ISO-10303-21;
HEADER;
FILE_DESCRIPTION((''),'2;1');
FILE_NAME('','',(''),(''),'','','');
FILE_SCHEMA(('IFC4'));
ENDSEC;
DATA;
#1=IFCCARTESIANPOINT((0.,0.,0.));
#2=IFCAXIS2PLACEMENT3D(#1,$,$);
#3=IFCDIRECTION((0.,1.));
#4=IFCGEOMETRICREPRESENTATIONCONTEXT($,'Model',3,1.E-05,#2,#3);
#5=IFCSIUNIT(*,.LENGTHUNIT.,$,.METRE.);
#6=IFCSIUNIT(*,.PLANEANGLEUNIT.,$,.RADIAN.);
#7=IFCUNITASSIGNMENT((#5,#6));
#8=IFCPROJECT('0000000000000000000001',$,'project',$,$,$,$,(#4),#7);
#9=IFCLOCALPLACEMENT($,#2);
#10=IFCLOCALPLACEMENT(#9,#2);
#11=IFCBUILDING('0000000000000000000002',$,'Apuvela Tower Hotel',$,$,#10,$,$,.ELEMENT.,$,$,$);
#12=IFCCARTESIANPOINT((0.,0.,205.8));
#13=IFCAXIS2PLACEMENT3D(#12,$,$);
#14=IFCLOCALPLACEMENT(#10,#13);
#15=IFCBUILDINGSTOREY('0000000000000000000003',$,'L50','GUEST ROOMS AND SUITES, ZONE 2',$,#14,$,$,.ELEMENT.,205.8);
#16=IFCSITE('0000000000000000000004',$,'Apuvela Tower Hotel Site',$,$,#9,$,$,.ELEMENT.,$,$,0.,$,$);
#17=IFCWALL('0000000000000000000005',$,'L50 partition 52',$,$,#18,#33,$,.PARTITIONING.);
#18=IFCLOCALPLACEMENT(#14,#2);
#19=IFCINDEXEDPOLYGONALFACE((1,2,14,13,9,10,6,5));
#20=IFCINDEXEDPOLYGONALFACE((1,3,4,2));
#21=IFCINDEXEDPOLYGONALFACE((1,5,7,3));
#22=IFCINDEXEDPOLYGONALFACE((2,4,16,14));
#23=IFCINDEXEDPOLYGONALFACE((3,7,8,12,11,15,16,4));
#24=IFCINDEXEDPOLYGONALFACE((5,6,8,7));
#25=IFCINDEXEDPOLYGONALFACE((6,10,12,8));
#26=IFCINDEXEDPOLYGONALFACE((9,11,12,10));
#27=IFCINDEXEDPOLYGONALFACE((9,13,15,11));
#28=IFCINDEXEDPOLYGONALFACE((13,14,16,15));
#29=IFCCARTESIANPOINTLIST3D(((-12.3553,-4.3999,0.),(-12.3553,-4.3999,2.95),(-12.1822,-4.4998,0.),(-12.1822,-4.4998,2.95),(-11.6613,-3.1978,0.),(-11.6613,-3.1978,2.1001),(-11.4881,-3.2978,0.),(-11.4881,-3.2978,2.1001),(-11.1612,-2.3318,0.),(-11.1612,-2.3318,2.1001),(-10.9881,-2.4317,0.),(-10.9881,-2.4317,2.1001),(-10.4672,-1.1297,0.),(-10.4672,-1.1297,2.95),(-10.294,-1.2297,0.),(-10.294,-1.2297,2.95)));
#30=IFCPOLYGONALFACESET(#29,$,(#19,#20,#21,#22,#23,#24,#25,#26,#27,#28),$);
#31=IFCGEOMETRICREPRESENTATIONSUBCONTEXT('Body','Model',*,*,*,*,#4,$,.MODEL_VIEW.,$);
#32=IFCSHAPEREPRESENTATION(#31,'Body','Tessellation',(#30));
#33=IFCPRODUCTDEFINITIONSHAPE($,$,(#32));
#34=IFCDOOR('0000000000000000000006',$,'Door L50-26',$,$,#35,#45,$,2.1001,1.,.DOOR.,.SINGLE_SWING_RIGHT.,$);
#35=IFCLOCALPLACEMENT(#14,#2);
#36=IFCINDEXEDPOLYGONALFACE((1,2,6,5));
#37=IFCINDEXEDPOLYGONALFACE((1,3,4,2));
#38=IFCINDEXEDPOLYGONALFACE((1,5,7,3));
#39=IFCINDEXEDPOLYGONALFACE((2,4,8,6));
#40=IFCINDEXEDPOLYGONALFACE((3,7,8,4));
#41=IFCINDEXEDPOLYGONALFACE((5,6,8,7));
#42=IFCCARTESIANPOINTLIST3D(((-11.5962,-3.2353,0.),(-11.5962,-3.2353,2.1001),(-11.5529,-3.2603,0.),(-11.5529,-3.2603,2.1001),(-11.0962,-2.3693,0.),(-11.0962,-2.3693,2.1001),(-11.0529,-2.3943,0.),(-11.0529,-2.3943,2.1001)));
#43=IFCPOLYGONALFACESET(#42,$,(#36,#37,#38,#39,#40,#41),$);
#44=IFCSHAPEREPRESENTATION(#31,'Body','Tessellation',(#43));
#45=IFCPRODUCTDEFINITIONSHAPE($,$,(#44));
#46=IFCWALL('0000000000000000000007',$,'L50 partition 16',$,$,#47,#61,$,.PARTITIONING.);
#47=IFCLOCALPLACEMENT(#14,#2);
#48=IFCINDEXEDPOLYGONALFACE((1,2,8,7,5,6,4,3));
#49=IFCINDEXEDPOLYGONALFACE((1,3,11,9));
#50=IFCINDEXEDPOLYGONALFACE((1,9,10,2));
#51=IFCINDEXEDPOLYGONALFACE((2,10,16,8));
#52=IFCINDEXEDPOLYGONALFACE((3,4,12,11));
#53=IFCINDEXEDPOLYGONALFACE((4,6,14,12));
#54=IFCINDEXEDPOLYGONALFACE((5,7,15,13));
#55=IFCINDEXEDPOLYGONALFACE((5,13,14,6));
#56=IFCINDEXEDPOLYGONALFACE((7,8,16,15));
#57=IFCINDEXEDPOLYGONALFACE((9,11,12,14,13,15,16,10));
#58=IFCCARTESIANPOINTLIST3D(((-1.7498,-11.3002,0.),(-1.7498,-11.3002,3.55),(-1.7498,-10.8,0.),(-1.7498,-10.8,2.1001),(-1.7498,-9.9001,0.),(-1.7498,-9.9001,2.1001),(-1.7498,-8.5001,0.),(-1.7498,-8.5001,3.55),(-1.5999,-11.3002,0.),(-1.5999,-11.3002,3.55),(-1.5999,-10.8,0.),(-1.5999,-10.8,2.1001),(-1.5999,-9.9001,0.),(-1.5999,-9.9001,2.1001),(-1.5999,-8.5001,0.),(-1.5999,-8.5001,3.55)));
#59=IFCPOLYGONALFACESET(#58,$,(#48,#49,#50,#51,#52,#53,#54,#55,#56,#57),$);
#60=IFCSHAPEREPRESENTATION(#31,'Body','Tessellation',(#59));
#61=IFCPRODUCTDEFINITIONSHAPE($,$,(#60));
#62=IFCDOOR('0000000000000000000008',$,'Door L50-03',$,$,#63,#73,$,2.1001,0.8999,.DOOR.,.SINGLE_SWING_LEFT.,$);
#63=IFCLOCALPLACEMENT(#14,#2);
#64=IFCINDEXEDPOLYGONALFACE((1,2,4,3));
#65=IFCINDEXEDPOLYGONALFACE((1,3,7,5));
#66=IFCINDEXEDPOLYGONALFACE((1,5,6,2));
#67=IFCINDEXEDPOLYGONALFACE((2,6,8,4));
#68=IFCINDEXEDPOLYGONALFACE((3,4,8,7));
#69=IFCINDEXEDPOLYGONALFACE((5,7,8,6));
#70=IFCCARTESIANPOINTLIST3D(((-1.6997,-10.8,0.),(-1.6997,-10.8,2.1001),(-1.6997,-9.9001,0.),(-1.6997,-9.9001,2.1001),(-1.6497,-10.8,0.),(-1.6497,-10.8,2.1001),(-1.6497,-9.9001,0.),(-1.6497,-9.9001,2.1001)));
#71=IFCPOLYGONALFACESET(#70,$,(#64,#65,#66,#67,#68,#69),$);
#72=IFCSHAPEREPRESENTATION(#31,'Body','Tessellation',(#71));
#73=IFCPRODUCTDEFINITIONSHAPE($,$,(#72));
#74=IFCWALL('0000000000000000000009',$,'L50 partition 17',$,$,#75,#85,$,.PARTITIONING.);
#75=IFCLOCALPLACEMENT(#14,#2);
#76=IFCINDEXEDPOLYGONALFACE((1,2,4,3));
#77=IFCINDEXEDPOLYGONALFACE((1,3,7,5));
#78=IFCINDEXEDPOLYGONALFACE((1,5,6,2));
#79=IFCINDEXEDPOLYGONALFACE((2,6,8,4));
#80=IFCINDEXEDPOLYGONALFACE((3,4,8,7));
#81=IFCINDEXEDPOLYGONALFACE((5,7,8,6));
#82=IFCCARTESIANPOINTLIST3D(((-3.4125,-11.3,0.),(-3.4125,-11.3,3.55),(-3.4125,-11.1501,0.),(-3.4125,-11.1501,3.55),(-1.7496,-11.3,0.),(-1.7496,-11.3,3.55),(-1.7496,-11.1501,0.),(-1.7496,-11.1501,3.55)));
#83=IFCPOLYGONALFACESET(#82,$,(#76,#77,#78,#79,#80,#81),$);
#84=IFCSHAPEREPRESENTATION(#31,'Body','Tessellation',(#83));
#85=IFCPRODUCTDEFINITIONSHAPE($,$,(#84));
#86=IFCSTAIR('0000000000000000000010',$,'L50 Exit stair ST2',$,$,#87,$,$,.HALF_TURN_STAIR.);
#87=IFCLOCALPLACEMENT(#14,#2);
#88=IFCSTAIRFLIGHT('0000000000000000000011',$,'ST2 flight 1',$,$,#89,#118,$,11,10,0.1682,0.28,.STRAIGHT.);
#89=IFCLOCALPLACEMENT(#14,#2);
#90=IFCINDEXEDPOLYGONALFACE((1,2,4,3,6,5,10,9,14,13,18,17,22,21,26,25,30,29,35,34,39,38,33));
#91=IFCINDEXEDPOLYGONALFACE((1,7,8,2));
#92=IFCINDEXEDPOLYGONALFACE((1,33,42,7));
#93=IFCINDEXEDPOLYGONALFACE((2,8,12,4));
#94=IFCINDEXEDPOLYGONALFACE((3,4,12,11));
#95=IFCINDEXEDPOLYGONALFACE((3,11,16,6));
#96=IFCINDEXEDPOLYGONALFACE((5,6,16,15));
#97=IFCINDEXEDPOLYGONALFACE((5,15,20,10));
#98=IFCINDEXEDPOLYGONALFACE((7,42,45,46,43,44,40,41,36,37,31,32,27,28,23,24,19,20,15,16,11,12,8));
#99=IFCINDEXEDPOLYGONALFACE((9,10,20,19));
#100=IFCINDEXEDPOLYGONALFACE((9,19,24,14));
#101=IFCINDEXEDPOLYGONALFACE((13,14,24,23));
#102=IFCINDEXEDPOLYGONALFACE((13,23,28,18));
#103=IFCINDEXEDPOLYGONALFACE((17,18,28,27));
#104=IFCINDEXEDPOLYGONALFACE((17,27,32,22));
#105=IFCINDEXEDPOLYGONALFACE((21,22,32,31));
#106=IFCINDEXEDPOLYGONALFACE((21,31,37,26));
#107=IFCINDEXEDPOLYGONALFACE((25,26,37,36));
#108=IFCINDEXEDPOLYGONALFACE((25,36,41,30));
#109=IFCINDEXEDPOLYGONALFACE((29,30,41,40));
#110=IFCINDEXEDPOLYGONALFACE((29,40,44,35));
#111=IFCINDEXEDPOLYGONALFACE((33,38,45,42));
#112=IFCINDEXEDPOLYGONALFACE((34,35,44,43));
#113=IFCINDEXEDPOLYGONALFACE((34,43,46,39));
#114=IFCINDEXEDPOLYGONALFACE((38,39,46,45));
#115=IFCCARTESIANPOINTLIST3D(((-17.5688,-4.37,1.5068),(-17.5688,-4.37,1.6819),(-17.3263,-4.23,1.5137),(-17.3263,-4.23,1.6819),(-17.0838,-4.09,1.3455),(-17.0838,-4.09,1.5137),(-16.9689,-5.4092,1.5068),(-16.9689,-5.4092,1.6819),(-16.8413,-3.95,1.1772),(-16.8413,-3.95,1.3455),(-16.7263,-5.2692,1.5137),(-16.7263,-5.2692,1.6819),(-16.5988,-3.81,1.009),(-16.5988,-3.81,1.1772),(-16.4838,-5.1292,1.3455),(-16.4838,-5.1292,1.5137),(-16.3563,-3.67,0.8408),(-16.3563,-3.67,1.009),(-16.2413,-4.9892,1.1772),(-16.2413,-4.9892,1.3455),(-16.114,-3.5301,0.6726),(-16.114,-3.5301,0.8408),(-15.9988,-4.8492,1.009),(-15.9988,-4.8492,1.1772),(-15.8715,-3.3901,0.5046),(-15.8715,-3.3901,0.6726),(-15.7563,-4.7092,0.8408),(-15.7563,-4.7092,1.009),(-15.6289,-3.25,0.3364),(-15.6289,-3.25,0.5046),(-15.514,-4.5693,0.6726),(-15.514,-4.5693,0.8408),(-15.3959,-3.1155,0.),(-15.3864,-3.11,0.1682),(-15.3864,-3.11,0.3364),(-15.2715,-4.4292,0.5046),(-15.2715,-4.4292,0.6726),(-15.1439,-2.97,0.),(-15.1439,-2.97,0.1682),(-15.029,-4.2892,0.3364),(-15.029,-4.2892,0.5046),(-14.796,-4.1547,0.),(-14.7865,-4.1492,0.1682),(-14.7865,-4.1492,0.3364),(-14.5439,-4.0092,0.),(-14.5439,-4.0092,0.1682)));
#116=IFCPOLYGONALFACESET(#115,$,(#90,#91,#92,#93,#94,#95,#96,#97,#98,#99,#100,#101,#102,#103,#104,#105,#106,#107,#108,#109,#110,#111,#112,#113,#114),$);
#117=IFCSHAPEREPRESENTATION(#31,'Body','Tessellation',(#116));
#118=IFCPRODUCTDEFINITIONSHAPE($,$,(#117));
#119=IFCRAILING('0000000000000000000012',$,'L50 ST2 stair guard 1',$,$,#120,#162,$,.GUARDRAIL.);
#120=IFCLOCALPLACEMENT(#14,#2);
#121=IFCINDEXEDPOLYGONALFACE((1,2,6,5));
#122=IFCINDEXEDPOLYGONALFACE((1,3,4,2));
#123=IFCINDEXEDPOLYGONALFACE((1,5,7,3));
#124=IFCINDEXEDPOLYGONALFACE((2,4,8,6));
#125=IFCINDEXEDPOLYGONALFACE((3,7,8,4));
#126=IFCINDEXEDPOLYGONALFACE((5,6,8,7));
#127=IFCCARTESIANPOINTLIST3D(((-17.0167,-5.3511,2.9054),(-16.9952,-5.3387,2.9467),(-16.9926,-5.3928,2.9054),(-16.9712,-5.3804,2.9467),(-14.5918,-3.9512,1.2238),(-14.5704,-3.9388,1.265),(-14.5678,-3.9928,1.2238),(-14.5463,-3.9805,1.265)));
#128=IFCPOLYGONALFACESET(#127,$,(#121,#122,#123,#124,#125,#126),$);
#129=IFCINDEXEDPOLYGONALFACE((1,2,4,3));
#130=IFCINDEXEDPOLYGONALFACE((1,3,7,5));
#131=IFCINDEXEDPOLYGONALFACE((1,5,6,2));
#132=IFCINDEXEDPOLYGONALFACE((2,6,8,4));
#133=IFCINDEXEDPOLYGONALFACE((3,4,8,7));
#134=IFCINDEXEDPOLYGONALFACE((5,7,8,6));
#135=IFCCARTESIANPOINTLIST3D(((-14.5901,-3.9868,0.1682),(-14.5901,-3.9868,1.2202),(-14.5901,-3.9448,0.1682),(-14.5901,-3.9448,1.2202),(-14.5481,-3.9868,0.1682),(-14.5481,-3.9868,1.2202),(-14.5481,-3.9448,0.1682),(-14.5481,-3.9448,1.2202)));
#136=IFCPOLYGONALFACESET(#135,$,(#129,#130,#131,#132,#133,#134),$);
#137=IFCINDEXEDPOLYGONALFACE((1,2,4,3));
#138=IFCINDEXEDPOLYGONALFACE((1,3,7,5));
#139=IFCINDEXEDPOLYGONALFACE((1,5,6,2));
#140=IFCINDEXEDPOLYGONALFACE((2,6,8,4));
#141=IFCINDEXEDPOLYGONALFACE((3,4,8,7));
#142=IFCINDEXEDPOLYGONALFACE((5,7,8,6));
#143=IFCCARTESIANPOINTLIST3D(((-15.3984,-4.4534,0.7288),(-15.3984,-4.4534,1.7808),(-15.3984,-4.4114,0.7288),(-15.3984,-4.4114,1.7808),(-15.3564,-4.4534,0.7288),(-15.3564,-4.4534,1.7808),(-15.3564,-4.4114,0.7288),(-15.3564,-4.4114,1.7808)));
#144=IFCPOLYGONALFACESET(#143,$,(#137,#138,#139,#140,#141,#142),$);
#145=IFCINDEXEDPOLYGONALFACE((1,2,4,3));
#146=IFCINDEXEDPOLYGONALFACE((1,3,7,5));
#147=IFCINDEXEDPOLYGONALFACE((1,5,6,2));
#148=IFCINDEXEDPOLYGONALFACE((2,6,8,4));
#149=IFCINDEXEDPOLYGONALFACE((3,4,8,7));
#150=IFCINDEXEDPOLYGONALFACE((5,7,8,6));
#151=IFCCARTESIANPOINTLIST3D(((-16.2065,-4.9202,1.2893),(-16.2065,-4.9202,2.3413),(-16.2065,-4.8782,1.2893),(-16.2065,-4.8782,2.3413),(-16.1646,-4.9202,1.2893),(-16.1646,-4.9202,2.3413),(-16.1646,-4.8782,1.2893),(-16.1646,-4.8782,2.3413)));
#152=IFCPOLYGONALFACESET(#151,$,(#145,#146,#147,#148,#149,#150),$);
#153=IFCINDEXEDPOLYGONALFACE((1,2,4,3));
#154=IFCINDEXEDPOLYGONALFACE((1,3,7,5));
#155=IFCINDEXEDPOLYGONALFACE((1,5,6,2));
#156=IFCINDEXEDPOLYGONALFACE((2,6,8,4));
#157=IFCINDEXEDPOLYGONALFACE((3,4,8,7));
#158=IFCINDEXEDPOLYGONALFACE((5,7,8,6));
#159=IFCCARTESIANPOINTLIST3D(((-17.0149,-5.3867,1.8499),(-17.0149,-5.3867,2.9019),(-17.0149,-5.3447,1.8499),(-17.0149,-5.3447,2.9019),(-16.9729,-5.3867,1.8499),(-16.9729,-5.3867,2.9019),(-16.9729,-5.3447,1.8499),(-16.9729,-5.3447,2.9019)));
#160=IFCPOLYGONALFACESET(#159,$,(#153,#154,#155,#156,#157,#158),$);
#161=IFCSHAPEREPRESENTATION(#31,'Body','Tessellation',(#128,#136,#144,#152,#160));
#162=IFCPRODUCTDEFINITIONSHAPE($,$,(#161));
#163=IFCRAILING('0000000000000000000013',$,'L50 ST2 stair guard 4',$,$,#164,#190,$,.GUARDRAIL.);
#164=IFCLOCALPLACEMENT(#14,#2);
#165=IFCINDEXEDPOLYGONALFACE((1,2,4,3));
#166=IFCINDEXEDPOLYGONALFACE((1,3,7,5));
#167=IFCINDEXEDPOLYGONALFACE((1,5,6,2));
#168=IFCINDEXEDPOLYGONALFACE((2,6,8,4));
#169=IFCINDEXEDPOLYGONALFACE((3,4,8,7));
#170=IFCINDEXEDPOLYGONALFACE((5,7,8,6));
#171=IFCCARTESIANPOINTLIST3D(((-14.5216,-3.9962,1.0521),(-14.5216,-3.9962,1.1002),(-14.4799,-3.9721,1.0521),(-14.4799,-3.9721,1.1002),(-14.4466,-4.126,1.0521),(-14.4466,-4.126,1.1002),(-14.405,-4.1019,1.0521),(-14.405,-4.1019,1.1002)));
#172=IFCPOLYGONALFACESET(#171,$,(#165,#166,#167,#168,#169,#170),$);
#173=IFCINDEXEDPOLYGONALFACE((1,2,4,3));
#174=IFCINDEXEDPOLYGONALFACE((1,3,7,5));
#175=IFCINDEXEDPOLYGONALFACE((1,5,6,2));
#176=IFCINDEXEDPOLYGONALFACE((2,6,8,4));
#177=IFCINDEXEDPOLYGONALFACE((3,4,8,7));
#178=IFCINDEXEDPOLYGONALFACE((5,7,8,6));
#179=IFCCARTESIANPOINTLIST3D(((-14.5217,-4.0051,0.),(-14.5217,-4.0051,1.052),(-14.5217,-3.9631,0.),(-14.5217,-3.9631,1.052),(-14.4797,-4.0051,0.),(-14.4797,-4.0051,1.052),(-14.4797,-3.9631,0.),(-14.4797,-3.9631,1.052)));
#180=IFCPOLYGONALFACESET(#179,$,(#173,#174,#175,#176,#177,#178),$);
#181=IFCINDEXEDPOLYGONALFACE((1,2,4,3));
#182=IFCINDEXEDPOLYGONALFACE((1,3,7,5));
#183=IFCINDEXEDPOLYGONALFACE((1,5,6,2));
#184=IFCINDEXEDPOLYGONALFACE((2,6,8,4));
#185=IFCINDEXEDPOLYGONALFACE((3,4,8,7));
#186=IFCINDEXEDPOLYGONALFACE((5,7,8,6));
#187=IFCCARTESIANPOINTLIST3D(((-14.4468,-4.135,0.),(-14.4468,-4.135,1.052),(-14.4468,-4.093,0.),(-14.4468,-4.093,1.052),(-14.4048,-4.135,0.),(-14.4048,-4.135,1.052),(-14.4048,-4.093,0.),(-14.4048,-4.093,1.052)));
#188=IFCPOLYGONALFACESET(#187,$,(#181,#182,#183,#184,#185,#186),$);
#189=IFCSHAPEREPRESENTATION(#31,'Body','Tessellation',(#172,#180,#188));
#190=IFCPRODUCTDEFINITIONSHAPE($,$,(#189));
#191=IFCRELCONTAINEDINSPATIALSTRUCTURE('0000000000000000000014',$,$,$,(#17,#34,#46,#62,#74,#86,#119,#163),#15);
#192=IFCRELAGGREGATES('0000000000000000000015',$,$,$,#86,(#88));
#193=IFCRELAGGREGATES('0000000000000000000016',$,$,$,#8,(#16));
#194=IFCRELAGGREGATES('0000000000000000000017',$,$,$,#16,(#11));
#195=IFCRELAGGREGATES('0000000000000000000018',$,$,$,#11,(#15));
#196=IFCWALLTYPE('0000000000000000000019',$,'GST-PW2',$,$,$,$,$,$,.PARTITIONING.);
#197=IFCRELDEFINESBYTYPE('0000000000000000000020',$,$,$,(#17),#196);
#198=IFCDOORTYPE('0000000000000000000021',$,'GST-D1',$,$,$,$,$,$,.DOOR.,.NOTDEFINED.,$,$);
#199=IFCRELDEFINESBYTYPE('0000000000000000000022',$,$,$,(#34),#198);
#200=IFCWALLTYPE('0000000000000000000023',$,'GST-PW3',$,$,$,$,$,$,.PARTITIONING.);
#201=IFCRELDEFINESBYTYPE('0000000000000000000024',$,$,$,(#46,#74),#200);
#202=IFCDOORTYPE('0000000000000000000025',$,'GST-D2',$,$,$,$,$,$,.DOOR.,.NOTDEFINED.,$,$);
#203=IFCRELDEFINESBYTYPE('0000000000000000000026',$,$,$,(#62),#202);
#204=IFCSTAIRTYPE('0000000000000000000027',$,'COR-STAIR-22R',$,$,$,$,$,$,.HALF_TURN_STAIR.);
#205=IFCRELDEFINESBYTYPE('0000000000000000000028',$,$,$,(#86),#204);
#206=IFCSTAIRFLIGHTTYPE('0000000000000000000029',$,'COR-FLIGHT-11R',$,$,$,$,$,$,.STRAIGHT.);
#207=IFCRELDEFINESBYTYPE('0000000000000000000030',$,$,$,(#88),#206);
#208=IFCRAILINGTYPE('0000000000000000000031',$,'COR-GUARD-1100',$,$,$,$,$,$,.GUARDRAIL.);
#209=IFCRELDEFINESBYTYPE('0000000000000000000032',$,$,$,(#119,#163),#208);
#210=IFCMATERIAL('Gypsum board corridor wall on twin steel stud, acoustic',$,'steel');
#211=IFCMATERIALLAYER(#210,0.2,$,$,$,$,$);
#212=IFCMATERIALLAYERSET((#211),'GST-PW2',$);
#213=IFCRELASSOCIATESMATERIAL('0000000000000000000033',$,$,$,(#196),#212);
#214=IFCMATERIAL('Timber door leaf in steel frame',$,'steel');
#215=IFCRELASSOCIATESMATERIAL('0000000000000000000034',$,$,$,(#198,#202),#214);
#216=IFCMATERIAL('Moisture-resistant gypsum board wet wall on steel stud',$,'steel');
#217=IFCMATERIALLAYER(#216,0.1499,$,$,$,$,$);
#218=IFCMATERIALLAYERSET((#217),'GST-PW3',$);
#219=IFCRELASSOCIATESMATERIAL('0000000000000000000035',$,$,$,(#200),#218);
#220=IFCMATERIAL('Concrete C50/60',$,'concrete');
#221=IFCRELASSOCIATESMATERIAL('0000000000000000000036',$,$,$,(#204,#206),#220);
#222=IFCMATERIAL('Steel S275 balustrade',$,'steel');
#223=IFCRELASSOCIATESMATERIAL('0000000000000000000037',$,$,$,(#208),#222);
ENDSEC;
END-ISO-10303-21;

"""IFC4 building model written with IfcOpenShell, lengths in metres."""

from ifc_helpers import new_model, si_unit, direction, frame, frame_2d, origin, origin_2d, place, context, subcontext, project, spatial, polyline, rectangle, outline, extrude, material, layer, layer_set, type_object, element, fill, aggregate, save


model = new_model("IFC4")

# Units and contexts
model_context = context("Model", 3, precision=1e-05, world=origin(), true_north=direction((0.0, 1.0)))
body_context = subcontext(model_context, "Body", "Model", "MODEL_VIEW")
ifc_project = project(units=[si_unit("LENGTHUNIT", "METRE"), si_unit("PLANEANGLEUNIT", "RADIAN")], contexts=[model_context])

# Site, building, storey
site_placement = place(None, origin())
site = spatial("IfcSite", under=ifc_project, at=site_placement, Name="Apuvela Tower Hotel Site", CompositionType="ELEMENT", RefElevation=0.0)
building_placement = place(site_placement, origin())
building = spatial("IfcBuilding", under=site, at=building_placement, Name="Apuvela Tower Hotel", CompositionType="ELEMENT")
storey_placement = place(building_placement, frame((0.0, 0.0, 205.8)))
storey = spatial("IfcBuildingStorey", under=building, at=storey_placement, Name="L50", Description="GUEST ROOMS AND SUITES, ZONE 2", CompositionType="ELEMENT", Elevation=205.8)

# Shared definitions
ifc_material_1 = material(Name="Concrete C50/60", Category="concrete")

# Walls, openings, doors
ifc_material_2 = material(Name="Gypsum board corridor wall on twin steel stud, acoustic", Category="steel")
ifc_layer_1 = layer(ifc_material_2, 0.2)
ifc_layer_set_1 = layer_set([ifc_layer_1], Name="GST-PW2")
wall_type_1 = type_object("IfcWallType", Name="GST-PW2", PredefinedType="PARTITIONING", material=ifc_layer_set_1)
ifc_material_3 = material(Name="Timber door leaf in steel frame", Category="steel")
door_type_1 = type_object("IfcDoorType", Name="GST-D1", OperationType="NOTDEFINED", PredefinedType="DOOR", material=ifc_material_3)
wall_1_placement = place(storey_placement, frame((-12.2688, -4.45, 0.0), z_axis=(0.0, 0.0, 1.0), x_axis=(0.500019, 0.866014, 0.0)))
wall_1 = element("IfcWall", 1, at=wall_1_placement, inside=storey, type_object=wall_type_1, Name="L50 partition 52", PredefinedType="PARTITIONING", context=body_context, shape_type="SweptSolid", body=[
    extrude(rectangle(XDim=3.7761, YDim=0.2, at=frame_2d((1.8882, 0.0))), origin(), (0.0, 0.0, 1.0), 2.95),
])
opening_1_placement = place(wall_1_placement, frame((1.3882, 0.0, 0.0)))
opening_1 = element("IfcOpeningElement", 2, at=opening_1_placement, cuts=wall_1, PredefinedType="OPENING", context=body_context, shape_type="SweptSolid", body=[
    extrude(rectangle(XDim=1.0, YDim=2.1001, at=frame_2d((0.5, 1.05))), frame((0.0, 0.1099, 0.0), z_axis=(0.0, -1.0, 0.0), x_axis=(1.0, 0.0, 0.0)), (0.0, 0.0, 1.0), 0.22),
])
door_1_placement = place(opening_1_placement, origin())
door_1 = element("IfcDoor", 3, at=door_1_placement, inside=storey, type_object=door_type_1, Name="Door L50-26", OperationType="SINGLE_SWING_RIGHT", OverallHeight=2.1001, OverallWidth=1.0, PredefinedType="DOOR", context=body_context, shape_type="SweptSolid", body=[
    extrude(rectangle(XDim=1.0, YDim=2.1001, at=frame_2d((0.5, 1.05))), frame((0.0, 0.0249, 0.0), z_axis=(0.0, -1.0, 0.0), x_axis=(1.0, 0.0, 0.0)), (0.0, 0.0, 1.0), 0.05),
])
fill(opening_1, door_1)
ifc_material_4 = material(Name="Moisture-resistant gypsum board wet wall on steel stud", Category="steel")
ifc_layer_2 = layer(ifc_material_4, 0.1499)
ifc_layer_set_2 = layer_set([ifc_layer_2], Name="GST-PW3")
wall_type_2 = type_object("IfcWallType", Name="GST-PW3", PredefinedType="PARTITIONING", material=ifc_layer_set_2)
wall_2_placement = place(storey_placement, frame((-1.6748, -11.3, 0.0), z_axis=(0.0, 0.0, 1.0), x_axis=(0.0, 1.0, 0.0)))
wall_2 = element("IfcWall", 4, at=wall_2_placement, inside=storey, type_object=wall_type_2, Name="L50 partition 16", PredefinedType="PARTITIONING", context=body_context, shape_type="SweptSolid", body=[
    extrude(rectangle(XDim=2.8, YDim=0.1499, at=frame_2d((1.3999, 0.0))), origin(), (0.0, 0.0, 1.0), 3.55),
])
opening_2_placement = place(wall_2_placement, frame((0.5, 0.0, 0.0)))
opening_2 = element("IfcOpeningElement", 5, at=opening_2_placement, cuts=wall_2, PredefinedType="OPENING", context=body_context, shape_type="SweptSolid", body=[
    extrude(rectangle(XDim=0.8999, YDim=2.1001, at=frame_2d((0.45, 1.05))), frame((0.0, 0.085, 0.0), z_axis=(0.0, -1.0, 0.0), x_axis=(1.0, 0.0, 0.0)), (0.0, 0.0, 1.0), 0.1699),
])
door_type_2 = type_object("IfcDoorType", Name="GST-D2", OperationType="NOTDEFINED", PredefinedType="DOOR", material=ifc_material_3)
door_2_placement = place(opening_2_placement, origin())
door_2 = element("IfcDoor", 6, at=door_2_placement, inside=storey, type_object=door_type_2, Name="Door L50-03", OperationType="SINGLE_SWING_LEFT", OverallHeight=2.1001, OverallWidth=0.8999, PredefinedType="DOOR", context=body_context, shape_type="SweptSolid", body=[
    extrude(rectangle(XDim=0.8999, YDim=2.1001, at=frame_2d((0.45, 1.05))), frame((0.0, 0.0249, 0.0), z_axis=(0.0, -1.0, 0.0), x_axis=(1.0, 0.0, 0.0)), (0.0, 0.0, 1.0), 0.05),
])
fill(opening_2, door_2)

# Wall
wall_3_placement = place(storey_placement, frame((-3.4126, -11.2251, 0.0), z_axis=(0.0, 0.0, 1.0), x_axis=(1.0, 0.0, 0.0)))
element("IfcWall", 7, at=wall_3_placement, inside=storey, type_object=wall_type_2, Name="L50 partition 17", PredefinedType="PARTITIONING", context=body_context, shape_type="SweptSolid", body=[
    extrude(rectangle(XDim=1.6628, YDim=0.1499, at=frame_2d((0.8315, 0.0))), origin(), (0.0, 0.0, 1.0), 3.55),
])

# Stair, stair flight
stair_type = type_object("IfcStairType", Name="COR-STAIR-22R", PredefinedType="HALF_TURN_STAIR", material=ifc_material_1)
stair_placement = place(storey_placement, origin())
stair = element("IfcStair", 8, at=stair_placement, inside=storey, type_object=stair_type, Name="L50 Exit stair ST2", PredefinedType="HALF_TURN_STAIR")
stair_flight_type = type_object("IfcStairFlightType", Name="COR-FLIGHT-11R", PredefinedType="STRAIGHT", material=ifc_material_1)
stair_flight_placement = place(storey_placement, frame((-14.844, -3.4895, 0.0), z_axis=(0.0, 0.0, 1.0), x_axis=(-0.866025, -0.5, 0.0)))
stair_flight = element("IfcStairFlight", 9, at=stair_flight_placement, type_object=stair_flight_type, Name="ST2 flight 1", NumberOfRisers=11, NumberOfTreads=10, PredefinedType="STRAIGHT", RiserHeight=0.1682, TreadLength=0.28, context=body_context, shape_type="SweptSolid", body=[
    extrude(outline(polyline([(0.0, 0.0), (0.0, 0.1682), (0.28, 0.1682), (0.28, 0.3364), (0.5601, 0.3364), (0.5601, 0.5046), (0.8401, 0.5046), (0.8401, 0.6726), (1.1201, 0.6726), (1.1201, 0.8408), (1.3999, 0.8408), (1.3999, 1.009), (1.6799, 1.009), (1.6799, 1.1772), (1.96, 1.1772), (1.96, 1.3455), (2.24, 1.3455), (2.24, 1.5137), (2.52, 1.5137), (2.52, 1.6819), (2.8, 1.6819), (2.8, 1.8501), (2.8, 1.5068), (0.291, 0.0), (0.0, 0.0)])), frame((0.0, 0.6001, 0.0), z_axis=(0.0, -1.0, 0.0), x_axis=(1.0, 0.0, 0.0)), (0.0, 0.0, 1.0), 1.2),
])
aggregate(stair, [stair_flight])

# Railings
ifc_material_5 = material(Name="Steel S275 balustrade", Category="steel")
railing_type_1 = type_object("IfcRailingType", Name="COR-GUARD-1100", PredefinedType="GUARDRAIL", material=ifc_material_5)
railing_1_placement = place(storey_placement, frame((-14.5691, -3.9658, 0.1682)))
element("IfcRailing", 10, at=railing_1_placement, inside=storey, type_object=railing_type_1, Name="L50 ST2 stair guard 1", PredefinedType="GUARDRAIL", context=body_context, shape_type="SweptSolid", body=[
    extrude(rectangle(XDim=0.0481, YDim=0.0481, at=origin_2d()), frame((0.0, 0.0, 1.0762), z_axis=(-0.742419, -0.428618, 0.514879), x_axis=(0.499984, -0.866035, 0.0)), (0.0, 0.0, 1.0), 3.2661),
    extrude(rectangle(XDim=0.042, YDim=0.042, at=origin_2d()), origin(), (0.0, 0.0, 1.0), 1.052),
    extrude(rectangle(XDim=0.042, YDim=0.042, at=origin_2d()), frame((-0.8083, -0.4666, 0.5605)), (0.0, 0.0, 1.0), 1.052),
    extrude(rectangle(XDim=0.042, YDim=0.042, at=origin_2d()), frame((-1.6165, -0.9333, 1.1211)), (0.0, 0.0, 1.0), 1.052),
    extrude(rectangle(XDim=0.042, YDim=0.042, at=origin_2d()), frame((-2.4248, -1.3999, 1.6816)), (0.0, 0.0, 1.0), 1.052),
])
railing_2_placement = place(storey_placement, frame((-14.5007, -3.9841, 0.0)))
element("IfcRailing", 11, at=railing_2_placement, inside=storey, type_object=railing_type_1, Name="L50 ST2 stair guard 4", PredefinedType="GUARDRAIL", context=body_context, shape_type="SweptSolid", body=[
    extrude(rectangle(XDim=0.0481, YDim=0.0481, at=origin_2d()), frame((0.0, 0.0, 1.0762), z_axis=(0.499816, -0.866131, 0.0), x_axis=(0.866131, 0.499816, 0.0)), (0.0, 0.0, 1.0), 0.1499),
    extrude(rectangle(XDim=0.042, YDim=0.042, at=origin_2d()), origin(), (0.0, 0.0, 1.0), 1.052),
    extrude(rectangle(XDim=0.042, YDim=0.042, at=origin_2d()), frame((0.075, -0.1299, 0.0)), (0.0, 0.0, 1.0), 1.052),
])

save(model, "model.ifc")
